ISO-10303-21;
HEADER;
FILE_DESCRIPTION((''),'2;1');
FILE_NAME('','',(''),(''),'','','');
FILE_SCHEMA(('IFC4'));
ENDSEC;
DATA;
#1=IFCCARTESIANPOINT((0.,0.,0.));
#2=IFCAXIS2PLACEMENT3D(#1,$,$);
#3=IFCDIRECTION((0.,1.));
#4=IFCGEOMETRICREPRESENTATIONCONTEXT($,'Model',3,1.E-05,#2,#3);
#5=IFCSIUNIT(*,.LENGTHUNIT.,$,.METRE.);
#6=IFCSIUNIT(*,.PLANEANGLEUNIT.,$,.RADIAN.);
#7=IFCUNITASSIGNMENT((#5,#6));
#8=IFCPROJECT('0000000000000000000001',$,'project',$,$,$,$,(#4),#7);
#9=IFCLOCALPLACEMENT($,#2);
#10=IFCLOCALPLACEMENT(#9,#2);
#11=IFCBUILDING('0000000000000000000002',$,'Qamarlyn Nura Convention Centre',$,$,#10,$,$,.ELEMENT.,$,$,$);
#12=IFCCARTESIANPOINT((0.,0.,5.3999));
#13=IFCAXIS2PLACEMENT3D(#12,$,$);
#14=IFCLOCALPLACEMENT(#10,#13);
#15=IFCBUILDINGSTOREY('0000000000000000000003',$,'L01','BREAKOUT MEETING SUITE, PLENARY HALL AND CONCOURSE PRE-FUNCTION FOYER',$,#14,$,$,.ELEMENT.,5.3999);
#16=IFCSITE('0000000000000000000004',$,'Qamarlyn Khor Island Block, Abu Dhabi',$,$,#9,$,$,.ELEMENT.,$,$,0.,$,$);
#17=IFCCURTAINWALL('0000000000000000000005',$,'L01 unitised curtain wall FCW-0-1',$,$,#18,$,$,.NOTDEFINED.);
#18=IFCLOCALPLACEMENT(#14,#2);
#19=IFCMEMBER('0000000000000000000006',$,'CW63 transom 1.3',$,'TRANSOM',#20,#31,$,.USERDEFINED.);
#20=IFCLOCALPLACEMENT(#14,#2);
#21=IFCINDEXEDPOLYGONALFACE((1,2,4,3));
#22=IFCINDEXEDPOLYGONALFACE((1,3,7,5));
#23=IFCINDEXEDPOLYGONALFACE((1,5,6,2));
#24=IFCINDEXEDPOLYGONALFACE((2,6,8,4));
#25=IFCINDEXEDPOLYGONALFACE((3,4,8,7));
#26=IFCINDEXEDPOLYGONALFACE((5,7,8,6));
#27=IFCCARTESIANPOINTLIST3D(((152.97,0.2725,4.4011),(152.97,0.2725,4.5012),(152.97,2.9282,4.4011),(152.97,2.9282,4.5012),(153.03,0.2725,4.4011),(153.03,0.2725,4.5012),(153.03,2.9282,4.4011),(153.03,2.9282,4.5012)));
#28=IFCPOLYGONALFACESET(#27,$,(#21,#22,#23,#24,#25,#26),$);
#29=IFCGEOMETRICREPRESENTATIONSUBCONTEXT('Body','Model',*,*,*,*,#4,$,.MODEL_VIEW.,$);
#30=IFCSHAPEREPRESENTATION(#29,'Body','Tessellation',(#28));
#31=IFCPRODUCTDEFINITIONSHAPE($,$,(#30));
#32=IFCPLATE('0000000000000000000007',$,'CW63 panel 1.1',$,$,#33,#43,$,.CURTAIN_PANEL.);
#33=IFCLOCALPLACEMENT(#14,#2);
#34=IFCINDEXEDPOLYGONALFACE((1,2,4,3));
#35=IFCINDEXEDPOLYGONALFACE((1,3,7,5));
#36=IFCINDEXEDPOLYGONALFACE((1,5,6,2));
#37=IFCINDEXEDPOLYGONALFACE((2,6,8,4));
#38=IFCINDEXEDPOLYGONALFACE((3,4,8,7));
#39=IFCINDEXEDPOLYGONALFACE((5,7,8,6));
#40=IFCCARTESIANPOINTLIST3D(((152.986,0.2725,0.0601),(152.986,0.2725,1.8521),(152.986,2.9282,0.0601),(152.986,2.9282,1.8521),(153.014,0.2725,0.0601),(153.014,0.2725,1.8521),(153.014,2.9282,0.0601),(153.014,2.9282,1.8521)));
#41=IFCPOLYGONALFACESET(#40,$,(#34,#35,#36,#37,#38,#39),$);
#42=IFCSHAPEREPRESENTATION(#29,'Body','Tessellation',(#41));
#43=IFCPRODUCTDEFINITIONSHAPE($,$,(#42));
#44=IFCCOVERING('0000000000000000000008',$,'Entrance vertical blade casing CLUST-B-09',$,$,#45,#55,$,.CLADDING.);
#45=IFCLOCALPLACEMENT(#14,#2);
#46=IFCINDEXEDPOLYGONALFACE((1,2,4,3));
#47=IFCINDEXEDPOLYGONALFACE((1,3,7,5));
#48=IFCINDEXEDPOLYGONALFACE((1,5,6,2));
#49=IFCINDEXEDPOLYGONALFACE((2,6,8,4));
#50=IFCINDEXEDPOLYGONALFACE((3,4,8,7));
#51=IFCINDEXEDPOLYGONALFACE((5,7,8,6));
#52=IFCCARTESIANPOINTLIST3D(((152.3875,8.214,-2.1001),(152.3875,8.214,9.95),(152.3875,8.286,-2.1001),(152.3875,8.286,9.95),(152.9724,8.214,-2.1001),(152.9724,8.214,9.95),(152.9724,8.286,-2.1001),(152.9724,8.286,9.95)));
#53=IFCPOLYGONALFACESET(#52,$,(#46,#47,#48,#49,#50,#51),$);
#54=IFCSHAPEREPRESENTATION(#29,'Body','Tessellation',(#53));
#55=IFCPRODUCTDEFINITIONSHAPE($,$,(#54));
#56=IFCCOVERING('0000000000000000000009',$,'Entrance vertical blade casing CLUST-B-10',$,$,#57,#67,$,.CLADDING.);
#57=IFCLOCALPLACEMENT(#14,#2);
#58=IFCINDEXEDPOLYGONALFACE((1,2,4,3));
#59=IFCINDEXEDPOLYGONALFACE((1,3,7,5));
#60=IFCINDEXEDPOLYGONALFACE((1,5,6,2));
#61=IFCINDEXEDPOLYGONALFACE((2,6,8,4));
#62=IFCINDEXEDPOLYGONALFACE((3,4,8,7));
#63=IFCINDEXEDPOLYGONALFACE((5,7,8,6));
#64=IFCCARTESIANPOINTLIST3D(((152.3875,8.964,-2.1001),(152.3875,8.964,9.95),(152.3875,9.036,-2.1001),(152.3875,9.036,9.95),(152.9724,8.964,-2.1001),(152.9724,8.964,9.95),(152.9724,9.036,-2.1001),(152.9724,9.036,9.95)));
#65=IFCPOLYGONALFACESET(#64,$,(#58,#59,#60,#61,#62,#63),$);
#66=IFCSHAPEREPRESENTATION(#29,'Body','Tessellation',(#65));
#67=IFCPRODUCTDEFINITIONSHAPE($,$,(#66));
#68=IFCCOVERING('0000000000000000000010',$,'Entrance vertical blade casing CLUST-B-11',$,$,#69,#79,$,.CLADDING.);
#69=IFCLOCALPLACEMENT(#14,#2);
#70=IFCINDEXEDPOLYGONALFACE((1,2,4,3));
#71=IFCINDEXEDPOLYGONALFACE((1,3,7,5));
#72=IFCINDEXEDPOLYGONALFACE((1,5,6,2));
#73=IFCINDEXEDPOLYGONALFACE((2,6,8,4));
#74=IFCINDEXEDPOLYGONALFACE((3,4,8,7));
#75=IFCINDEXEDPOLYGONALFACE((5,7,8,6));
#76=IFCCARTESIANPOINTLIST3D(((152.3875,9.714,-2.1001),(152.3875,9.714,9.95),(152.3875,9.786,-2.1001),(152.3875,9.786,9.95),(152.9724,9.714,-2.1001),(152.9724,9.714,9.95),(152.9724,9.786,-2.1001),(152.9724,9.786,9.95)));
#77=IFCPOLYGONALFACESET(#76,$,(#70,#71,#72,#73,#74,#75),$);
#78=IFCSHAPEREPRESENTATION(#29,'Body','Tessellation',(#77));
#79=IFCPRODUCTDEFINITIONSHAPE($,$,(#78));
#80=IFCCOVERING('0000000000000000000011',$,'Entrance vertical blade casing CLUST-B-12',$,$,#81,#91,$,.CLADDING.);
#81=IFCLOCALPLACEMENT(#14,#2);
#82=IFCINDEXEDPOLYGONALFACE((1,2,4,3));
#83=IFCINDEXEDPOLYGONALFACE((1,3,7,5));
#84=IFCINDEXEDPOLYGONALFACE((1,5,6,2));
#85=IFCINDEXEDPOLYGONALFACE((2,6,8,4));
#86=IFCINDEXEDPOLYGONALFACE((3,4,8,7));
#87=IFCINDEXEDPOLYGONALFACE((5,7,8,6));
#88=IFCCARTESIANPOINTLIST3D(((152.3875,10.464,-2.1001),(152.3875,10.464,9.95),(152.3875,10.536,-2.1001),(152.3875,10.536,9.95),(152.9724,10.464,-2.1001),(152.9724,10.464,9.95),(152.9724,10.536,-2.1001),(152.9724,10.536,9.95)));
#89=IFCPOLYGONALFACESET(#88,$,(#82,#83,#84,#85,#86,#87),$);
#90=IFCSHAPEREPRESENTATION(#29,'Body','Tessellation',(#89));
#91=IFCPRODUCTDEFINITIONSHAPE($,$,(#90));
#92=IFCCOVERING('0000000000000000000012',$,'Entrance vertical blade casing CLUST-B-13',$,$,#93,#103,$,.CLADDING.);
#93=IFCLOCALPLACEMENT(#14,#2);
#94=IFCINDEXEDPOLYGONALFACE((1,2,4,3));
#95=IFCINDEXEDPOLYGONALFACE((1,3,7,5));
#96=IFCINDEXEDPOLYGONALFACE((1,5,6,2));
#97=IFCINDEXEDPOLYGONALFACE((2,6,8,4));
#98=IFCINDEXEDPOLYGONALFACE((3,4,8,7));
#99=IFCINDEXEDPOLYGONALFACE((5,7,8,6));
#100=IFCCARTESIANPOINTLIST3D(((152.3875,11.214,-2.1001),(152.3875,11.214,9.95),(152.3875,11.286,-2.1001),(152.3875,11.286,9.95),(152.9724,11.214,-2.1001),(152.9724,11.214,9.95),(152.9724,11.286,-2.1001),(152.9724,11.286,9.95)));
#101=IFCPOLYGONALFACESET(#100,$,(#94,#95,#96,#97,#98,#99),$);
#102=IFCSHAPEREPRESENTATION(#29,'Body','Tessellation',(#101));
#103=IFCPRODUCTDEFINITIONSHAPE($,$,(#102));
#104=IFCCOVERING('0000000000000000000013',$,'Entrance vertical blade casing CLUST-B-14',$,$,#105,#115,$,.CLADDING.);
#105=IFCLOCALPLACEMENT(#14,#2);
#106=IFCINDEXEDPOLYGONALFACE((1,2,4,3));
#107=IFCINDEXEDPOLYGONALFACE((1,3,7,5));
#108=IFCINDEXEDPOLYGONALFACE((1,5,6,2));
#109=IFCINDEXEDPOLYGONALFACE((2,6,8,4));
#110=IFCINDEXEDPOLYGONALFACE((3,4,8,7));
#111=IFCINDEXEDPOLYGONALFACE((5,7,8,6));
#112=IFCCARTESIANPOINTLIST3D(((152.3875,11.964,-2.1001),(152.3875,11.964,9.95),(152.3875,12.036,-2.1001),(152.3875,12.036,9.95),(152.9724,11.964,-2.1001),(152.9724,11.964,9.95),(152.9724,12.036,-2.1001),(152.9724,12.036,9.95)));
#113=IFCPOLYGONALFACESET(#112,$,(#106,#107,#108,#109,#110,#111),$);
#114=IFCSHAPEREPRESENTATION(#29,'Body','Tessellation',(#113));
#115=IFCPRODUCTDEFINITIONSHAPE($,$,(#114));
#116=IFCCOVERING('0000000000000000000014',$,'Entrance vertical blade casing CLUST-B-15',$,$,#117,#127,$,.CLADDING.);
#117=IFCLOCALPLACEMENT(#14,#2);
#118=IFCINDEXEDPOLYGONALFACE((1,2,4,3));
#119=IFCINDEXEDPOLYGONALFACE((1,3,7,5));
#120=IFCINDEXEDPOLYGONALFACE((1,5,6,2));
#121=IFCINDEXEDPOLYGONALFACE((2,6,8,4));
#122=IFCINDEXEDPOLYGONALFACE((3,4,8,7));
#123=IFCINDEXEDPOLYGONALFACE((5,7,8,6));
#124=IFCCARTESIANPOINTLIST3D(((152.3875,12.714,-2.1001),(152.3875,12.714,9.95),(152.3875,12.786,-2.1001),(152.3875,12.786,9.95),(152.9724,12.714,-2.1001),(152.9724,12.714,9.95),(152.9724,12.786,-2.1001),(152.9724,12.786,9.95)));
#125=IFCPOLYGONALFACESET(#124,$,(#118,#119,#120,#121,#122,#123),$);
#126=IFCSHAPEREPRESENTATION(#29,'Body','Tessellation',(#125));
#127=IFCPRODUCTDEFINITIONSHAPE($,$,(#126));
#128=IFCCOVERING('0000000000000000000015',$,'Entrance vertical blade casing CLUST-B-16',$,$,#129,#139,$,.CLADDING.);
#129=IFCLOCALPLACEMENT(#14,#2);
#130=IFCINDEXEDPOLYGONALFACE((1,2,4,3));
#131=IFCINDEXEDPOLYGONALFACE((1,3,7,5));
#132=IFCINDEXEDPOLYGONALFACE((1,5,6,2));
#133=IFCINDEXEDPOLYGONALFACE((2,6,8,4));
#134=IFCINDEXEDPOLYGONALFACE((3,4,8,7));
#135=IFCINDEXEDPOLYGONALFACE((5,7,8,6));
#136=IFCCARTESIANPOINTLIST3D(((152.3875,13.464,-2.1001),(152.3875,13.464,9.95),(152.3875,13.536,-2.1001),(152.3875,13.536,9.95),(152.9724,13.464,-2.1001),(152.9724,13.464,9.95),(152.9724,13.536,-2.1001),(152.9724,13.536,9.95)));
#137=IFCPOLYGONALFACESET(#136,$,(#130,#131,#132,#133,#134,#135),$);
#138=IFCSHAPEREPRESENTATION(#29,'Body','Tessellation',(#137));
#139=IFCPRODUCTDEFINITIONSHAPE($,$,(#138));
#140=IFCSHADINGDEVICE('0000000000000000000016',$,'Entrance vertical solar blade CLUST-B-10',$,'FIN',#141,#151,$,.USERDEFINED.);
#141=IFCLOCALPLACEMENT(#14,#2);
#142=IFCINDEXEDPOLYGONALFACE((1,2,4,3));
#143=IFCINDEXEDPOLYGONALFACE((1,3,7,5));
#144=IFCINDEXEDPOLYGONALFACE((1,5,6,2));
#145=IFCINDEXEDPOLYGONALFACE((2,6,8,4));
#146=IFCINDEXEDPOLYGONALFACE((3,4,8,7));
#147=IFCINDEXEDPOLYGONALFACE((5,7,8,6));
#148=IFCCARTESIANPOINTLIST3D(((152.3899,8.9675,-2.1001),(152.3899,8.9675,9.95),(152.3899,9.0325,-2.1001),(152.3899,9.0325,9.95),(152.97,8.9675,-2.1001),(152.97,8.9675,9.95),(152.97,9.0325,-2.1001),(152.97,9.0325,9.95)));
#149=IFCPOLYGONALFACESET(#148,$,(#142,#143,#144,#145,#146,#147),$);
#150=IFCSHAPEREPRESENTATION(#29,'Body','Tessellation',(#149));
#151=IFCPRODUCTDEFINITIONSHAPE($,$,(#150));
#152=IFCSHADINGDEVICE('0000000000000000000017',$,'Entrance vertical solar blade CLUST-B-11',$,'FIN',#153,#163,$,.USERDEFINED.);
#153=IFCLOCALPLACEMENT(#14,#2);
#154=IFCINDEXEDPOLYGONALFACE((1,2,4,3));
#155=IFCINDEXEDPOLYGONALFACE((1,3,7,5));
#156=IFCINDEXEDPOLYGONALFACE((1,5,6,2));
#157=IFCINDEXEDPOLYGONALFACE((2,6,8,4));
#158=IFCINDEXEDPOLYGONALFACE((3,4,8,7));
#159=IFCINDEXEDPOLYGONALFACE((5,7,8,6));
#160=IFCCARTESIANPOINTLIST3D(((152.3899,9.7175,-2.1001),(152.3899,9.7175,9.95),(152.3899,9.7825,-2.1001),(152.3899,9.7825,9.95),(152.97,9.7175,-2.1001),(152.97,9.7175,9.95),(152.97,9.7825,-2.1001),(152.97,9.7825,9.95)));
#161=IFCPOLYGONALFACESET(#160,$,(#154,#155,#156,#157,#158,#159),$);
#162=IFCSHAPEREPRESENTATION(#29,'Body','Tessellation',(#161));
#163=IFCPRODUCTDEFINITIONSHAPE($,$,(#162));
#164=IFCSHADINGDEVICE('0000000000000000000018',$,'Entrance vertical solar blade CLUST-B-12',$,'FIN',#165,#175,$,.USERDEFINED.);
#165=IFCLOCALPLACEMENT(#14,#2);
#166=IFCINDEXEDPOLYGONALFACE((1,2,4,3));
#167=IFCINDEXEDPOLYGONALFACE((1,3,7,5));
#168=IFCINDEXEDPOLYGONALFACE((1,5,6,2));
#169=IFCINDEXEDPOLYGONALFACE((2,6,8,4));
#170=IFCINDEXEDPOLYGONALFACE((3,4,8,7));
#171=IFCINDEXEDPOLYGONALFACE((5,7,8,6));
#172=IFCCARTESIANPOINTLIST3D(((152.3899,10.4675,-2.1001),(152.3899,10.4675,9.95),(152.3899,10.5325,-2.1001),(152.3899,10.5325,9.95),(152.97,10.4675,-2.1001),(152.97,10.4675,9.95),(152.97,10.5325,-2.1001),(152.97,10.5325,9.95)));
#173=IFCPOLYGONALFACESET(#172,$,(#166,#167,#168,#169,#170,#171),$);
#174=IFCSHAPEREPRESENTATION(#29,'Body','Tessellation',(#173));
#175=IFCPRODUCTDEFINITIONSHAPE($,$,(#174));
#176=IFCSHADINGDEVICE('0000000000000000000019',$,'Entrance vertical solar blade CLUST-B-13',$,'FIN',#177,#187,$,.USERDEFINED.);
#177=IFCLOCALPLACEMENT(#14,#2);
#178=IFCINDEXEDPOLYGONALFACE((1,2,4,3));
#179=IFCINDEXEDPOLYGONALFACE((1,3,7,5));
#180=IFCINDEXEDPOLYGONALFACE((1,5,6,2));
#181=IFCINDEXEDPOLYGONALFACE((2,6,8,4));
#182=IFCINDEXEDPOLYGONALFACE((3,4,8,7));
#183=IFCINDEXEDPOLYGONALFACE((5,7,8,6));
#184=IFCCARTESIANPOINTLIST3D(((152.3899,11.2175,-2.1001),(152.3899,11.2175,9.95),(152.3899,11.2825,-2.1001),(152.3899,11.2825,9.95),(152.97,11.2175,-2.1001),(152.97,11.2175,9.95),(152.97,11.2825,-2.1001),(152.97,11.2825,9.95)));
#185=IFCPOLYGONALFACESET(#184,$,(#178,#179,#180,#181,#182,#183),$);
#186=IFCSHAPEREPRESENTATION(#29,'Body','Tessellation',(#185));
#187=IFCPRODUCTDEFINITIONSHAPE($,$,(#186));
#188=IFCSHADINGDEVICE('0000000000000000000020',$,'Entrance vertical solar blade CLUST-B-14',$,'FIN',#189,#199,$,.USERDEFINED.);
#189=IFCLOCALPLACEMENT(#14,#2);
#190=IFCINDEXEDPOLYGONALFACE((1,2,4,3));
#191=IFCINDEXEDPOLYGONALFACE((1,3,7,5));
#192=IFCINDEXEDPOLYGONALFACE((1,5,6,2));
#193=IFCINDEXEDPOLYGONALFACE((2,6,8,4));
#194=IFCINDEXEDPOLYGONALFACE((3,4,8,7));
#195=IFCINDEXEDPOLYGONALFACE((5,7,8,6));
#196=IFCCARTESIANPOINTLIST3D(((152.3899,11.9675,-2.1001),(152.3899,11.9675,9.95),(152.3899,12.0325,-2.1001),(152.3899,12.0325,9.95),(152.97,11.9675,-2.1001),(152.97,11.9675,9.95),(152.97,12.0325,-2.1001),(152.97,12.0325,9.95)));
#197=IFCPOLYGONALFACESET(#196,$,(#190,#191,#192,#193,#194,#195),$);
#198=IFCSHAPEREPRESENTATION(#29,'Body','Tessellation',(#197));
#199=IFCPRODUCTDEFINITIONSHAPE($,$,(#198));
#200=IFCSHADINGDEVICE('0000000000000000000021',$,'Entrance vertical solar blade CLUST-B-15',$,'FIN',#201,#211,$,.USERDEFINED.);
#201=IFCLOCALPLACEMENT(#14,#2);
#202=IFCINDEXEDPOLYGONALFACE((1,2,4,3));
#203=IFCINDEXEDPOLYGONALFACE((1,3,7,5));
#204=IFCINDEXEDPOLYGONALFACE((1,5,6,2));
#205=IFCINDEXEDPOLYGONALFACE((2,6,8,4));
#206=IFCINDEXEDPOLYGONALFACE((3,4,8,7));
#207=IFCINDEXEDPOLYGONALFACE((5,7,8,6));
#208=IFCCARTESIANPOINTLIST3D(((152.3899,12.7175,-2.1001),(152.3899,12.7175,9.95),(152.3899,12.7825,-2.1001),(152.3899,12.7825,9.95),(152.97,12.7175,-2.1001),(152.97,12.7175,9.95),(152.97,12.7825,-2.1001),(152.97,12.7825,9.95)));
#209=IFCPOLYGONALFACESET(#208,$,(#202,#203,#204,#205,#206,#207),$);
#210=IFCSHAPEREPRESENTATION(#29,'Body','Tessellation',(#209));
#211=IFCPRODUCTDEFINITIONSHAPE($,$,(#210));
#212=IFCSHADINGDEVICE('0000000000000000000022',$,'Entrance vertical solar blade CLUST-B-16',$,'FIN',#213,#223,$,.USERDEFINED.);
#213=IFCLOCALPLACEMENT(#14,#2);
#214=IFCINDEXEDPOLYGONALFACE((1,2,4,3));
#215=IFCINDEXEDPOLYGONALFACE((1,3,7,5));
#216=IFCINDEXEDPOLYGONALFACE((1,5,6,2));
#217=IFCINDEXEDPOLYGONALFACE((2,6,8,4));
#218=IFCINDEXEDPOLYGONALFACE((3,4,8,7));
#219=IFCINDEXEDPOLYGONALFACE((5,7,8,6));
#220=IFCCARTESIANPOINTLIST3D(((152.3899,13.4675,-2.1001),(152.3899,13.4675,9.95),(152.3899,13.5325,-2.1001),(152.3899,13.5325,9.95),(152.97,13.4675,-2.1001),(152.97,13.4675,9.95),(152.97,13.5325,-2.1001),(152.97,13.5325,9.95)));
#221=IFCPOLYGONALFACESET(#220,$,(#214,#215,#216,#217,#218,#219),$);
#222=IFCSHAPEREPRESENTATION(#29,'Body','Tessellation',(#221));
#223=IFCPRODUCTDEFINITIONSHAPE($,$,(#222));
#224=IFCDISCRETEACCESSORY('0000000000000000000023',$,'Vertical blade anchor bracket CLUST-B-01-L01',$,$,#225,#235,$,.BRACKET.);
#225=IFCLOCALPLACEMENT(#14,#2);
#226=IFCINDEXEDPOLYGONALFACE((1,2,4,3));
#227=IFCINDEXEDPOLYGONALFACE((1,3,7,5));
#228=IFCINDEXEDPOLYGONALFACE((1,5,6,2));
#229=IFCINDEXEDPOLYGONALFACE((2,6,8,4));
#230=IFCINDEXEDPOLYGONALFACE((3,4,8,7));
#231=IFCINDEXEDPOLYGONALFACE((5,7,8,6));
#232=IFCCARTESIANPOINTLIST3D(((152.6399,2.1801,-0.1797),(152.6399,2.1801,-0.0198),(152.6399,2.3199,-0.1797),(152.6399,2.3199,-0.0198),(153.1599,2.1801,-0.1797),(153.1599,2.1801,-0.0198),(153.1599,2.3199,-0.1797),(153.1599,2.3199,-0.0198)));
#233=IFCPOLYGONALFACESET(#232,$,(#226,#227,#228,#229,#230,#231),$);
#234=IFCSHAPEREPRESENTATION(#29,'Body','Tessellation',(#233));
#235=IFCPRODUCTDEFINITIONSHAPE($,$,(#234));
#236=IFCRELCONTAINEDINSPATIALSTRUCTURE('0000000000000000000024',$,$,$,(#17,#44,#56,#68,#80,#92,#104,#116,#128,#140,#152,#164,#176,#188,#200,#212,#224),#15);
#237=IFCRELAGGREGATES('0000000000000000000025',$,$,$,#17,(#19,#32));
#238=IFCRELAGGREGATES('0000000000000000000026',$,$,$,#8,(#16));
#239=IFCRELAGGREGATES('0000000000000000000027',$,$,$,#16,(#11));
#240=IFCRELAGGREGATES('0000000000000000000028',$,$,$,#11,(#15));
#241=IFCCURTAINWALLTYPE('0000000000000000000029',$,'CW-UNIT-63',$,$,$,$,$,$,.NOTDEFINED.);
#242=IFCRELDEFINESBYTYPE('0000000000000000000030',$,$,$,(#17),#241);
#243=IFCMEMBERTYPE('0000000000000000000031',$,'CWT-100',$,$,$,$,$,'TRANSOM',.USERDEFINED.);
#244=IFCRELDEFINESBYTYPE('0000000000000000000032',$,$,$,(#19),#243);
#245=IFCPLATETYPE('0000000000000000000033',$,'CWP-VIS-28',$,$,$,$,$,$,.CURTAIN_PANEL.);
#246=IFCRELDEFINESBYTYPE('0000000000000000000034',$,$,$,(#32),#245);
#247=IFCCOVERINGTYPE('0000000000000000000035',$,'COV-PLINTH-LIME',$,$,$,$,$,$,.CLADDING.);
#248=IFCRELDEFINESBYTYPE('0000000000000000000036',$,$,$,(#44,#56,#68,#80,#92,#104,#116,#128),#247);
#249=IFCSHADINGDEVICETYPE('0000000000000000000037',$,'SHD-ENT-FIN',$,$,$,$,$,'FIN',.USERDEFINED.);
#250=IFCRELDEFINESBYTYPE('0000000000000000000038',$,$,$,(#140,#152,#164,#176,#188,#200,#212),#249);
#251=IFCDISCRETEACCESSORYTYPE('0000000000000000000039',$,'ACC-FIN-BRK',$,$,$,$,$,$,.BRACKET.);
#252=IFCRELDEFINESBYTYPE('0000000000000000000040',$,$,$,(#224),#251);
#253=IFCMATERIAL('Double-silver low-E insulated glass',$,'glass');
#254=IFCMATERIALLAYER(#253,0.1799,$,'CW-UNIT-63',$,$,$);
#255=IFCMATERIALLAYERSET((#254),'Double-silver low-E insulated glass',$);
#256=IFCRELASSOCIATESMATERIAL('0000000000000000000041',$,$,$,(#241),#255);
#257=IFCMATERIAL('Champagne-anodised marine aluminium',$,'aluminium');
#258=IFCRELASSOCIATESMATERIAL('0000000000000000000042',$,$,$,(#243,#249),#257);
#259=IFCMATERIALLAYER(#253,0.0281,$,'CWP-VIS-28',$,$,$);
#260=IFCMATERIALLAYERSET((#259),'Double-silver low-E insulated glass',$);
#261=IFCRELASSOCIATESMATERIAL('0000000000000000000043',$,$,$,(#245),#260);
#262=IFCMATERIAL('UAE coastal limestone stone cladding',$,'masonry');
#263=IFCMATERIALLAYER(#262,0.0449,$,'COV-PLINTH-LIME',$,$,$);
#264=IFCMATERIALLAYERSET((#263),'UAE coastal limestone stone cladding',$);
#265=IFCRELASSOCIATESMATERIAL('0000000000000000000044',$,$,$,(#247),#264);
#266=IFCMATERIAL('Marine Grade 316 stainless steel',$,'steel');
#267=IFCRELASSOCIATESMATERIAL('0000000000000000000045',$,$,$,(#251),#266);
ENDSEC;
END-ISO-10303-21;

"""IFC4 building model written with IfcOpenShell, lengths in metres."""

from ifc_helpers import new_model, si_unit, direction, frame, origin, origin_2d, place, context, subcontext, project, spatial, rectangle, extrude, material, layer, layer_set, material_profile, profile_set, type_object, element, aggregate, save


model = new_model("IFC4")

# Units and contexts
model_context = context("Model", 3, precision=1e-05, world=origin(), true_north=direction((0.0, 1.0)))
body_context = subcontext(model_context, "Body", "Model", "MODEL_VIEW")
ifc_project = project(units=[si_unit("LENGTHUNIT", "METRE"), si_unit("PLANEANGLEUNIT", "RADIAN")], contexts=[model_context])

# Site, building, storey
site_placement = place(None, origin())
site = spatial("IfcSite", under=ifc_project, at=site_placement, Name="Qamarlyn Khor Island Block, Abu Dhabi", CompositionType="ELEMENT", RefElevation=0.0)
building_placement = place(site_placement, origin())
building = spatial("IfcBuilding", under=site, at=building_placement, Name="Qamarlyn Nura Convention Centre", CompositionType="ELEMENT")
storey_placement = place(building_placement, frame((0.0, 0.0, 5.3999)))
storey = spatial("IfcBuildingStorey", under=building, at=storey_placement, Name="L01", Description="BREAKOUT MEETING SUITE, PLENARY HALL AND CONCOURSE PRE-FUNCTION FOYER", CompositionType="ELEMENT", Elevation=5.3999)

# Curtain wall, member, plate
ifc_material_1 = material(Name="Double-silver low-E insulated glass", Category="glass")
ifc_layer_1 = layer(ifc_material_1, 0.1799, Name="CW-UNIT-63")
ifc_layer_set_1 = layer_set([ifc_layer_1], Name="Double-silver low-E insulated glass")
curtain_wall_type = type_object("IfcCurtainWallType", Name="CW-UNIT-63", PredefinedType="NOTDEFINED", material=ifc_layer_set_1)
curtain_wall_placement = place(storey_placement, origin())
curtain_wall = element("IfcCurtainWall", 1, at=curtain_wall_placement, inside=storey, type_object=curtain_wall_type, Name="L01 unitised curtain wall FCW-0-1", PredefinedType="NOTDEFINED")
ifc_material_2 = material(Name="Champagne-anodised marine aluminium", Category="aluminium")
ifc_material_profile_1 = material_profile(ifc_material_2, rectangle(XDim=0.0601, YDim=0.1001, at=origin_2d()), Name="ALU TRANSOM 60x100")
ifc_profile_set_1 = profile_set([ifc_material_profile_1], Name="Champagne-anodised marine aluminium")
member_type_1 = type_object("IfcMemberType", Name="CWT-100", ElementType="TRANSOM", PredefinedType="USERDEFINED", material=ifc_profile_set_1)
member_1_placement = place(storey_placement, frame((153.0, 0.2725, 4.4512), z_axis=(0.0, 1.0, 0.0), x_axis=(-1.0, 0.0, 0.0)))
member_1 = element("IfcMember", 2, at=member_1_placement, type_object=member_type_1, Name="CW63 transom 1.3", ObjectType="TRANSOM", PredefinedType="USERDEFINED", context=body_context, shape_type="SweptSolid", body=[
    extrude(rectangle(XDim=0.0601, YDim=0.1001, at=origin_2d()), origin(), (0.0, 0.0, 1.0), 2.6558),
])
ifc_layer_2 = layer(ifc_material_1, 0.0281, Name="CWP-VIS-28")
ifc_layer_set_2 = layer_set([ifc_layer_2], Name="Double-silver low-E insulated glass")
plate_type = type_object("IfcPlateType", Name="CWP-VIS-28", PredefinedType="CURTAIN_PANEL", material=ifc_layer_set_2)
plate_placement = place(storey_placement, frame((153.0, 1.6003, 0.0601), z_axis=(0.0, 0.0, 1.0), x_axis=(0.0, 1.0, 0.0)))
plate = element("IfcPlate", 3, at=plate_placement, type_object=plate_type, Name="CW63 panel 1.1", PredefinedType="CURTAIN_PANEL", context=body_context, shape_type="SweptSolid", body=[
    extrude(rectangle(XDim=2.6558, YDim=0.0281, at=origin_2d()), origin(), (0.0, 0.0, 1.0), 1.792),
])
aggregate(curtain_wall, [member_1, plate])

# Coverings
ifc_material_3 = material(Name="UAE coastal limestone stone cladding", Category="masonry")
ifc_layer_3 = layer(ifc_material_3, 0.0449, Name="COV-PLINTH-LIME")
ifc_layer_set_3 = layer_set([ifc_layer_3], Name="UAE coastal limestone stone cladding")
covering_type = type_object("IfcCoveringType", Name="COV-PLINTH-LIME", PredefinedType="CLADDING", material=ifc_layer_set_3)
for number, where, z_axis, x_axis, name in (
    (4, (152.6799, 8.25, -2.1001), (0.0, 0.0, 1.0), (-1.0, 0.0, 0.0), "Entrance vertical blade casing CLUST-B-09"),
    (5, (152.6799, 9.0, -2.1001), (0.0, 0.0, 1.0), (-1.0, 0.0, 0.0), "Entrance vertical blade casing CLUST-B-10"),
    (6, (152.6799, 9.75, -2.1001), (0.0, 0.0, 1.0), (-1.0, 0.0, 0.0), "Entrance vertical blade casing CLUST-B-11"),
    (7, (152.6799, 10.5, -2.1001), (0.0, 0.0, 1.0), (-1.0, 0.0, 0.0), "Entrance vertical blade casing CLUST-B-12"),
    (8, (152.6799, 11.25, -2.1001), (0.0, 0.0, 1.0), (-1.0, 0.0, 0.0), "Entrance vertical blade casing CLUST-B-13"),
    (9, (152.6799, 12.0, -2.1001), (0.0, 0.0, 1.0), (-1.0, 0.0, 0.0), "Entrance vertical blade casing CLUST-B-14"),
    (10, (152.6799, 12.75, -2.1001), (0.0, 0.0, 1.0), (-1.0, 0.0, 0.0), "Entrance vertical blade casing CLUST-B-15"),
    (11, (152.6799, 13.5, -2.1001), (0.0, 0.0, 1.0), (-1.0, 0.0, 0.0), "Entrance vertical blade casing CLUST-B-16"),
):
    element("IfcCovering", number, at=place(storey_placement, frame(where, z_axis=z_axis, x_axis=x_axis)), inside=storey, type_object=covering_type, Name=name, PredefinedType="CLADDING", context=body_context, shape_type="SweptSolid", body=[
        extrude(rectangle(XDim=0.585, YDim=0.072, at=origin_2d()), origin(), (0.0, 0.0, 1.0), 12.05),
    ])

# Shading devices
shading_device_type = type_object("IfcShadingDeviceType", Name="SHD-ENT-FIN", ElementType="FIN", PredefinedType="USERDEFINED", material=ifc_material_2)
for number, where, z_axis, x_axis, name in (
    (12, (152.6799, 9.0, -2.1001), (0.0, 0.0, 1.0), (-1.0, 0.0, 0.0), "Entrance vertical solar blade CLUST-B-10"),
    (13, (152.6799, 9.75, -2.1001), (0.0, 0.0, 1.0), (-1.0, 0.0, 0.0), "Entrance vertical solar blade CLUST-B-11"),
    (14, (152.6799, 10.5, -2.1001), (0.0, 0.0, 1.0), (-1.0, 0.0, 0.0), "Entrance vertical solar blade CLUST-B-12"),
    (15, (152.6799, 11.25, -2.1001), (0.0, 0.0, 1.0), (-1.0, 0.0, 0.0), "Entrance vertical solar blade CLUST-B-13"),
    (16, (152.6799, 12.0, -2.1001), (0.0, 0.0, 1.0), (-1.0, 0.0, 0.0), "Entrance vertical solar blade CLUST-B-14"),
    (17, (152.6799, 12.75, -2.1001), (0.0, 0.0, 1.0), (-1.0, 0.0, 0.0), "Entrance vertical solar blade CLUST-B-15"),
    (18, (152.6799, 13.5, -2.1001), (0.0, 0.0, 1.0), (-1.0, 0.0, 0.0), "Entrance vertical solar blade CLUST-B-16"),
):
    element("IfcShadingDevice", number, at=place(storey_placement, frame(where, z_axis=z_axis, x_axis=x_axis)), inside=storey, type_object=shading_device_type, Name=name, ObjectType="FIN", PredefinedType="USERDEFINED", context=body_context, shape_type="SweptSolid", body=[
        extrude(rectangle(XDim=0.5801, YDim=0.0649, at=origin_2d()), origin(), (0.0, 0.0, 1.0), 12.05),
    ])

# Discrete accessory
ifc_material_4 = material(Name="Marine Grade 316 stainless steel", Category="steel")
discrete_accessory_type = type_object("IfcDiscreteAccessoryType", Name="ACC-FIN-BRK", PredefinedType="BRACKET", material=ifc_material_4)
for number, where, z_axis, x_axis, name in (
    (19, (152.8999, 2.25, -0.1797), (0.0, 0.0, 1.0), (-1.0, 0.0, 0.0), "Vertical blade anchor bracket CLUST-B-01-L01"),
):
    element("IfcDiscreteAccessory", number, at=place(storey_placement, frame(where, z_axis=z_axis, x_axis=x_axis)), inside=storey, type_object=discrete_accessory_type, Name=name, PredefinedType="BRACKET", context=body_context, shape_type="SweptSolid", body=[
        extrude(rectangle(XDim=0.52, YDim=0.1399, at=origin_2d()), origin(), (0.0, 0.0, 1.0), 0.1599),
    ])

save(model, "model.ifc")
